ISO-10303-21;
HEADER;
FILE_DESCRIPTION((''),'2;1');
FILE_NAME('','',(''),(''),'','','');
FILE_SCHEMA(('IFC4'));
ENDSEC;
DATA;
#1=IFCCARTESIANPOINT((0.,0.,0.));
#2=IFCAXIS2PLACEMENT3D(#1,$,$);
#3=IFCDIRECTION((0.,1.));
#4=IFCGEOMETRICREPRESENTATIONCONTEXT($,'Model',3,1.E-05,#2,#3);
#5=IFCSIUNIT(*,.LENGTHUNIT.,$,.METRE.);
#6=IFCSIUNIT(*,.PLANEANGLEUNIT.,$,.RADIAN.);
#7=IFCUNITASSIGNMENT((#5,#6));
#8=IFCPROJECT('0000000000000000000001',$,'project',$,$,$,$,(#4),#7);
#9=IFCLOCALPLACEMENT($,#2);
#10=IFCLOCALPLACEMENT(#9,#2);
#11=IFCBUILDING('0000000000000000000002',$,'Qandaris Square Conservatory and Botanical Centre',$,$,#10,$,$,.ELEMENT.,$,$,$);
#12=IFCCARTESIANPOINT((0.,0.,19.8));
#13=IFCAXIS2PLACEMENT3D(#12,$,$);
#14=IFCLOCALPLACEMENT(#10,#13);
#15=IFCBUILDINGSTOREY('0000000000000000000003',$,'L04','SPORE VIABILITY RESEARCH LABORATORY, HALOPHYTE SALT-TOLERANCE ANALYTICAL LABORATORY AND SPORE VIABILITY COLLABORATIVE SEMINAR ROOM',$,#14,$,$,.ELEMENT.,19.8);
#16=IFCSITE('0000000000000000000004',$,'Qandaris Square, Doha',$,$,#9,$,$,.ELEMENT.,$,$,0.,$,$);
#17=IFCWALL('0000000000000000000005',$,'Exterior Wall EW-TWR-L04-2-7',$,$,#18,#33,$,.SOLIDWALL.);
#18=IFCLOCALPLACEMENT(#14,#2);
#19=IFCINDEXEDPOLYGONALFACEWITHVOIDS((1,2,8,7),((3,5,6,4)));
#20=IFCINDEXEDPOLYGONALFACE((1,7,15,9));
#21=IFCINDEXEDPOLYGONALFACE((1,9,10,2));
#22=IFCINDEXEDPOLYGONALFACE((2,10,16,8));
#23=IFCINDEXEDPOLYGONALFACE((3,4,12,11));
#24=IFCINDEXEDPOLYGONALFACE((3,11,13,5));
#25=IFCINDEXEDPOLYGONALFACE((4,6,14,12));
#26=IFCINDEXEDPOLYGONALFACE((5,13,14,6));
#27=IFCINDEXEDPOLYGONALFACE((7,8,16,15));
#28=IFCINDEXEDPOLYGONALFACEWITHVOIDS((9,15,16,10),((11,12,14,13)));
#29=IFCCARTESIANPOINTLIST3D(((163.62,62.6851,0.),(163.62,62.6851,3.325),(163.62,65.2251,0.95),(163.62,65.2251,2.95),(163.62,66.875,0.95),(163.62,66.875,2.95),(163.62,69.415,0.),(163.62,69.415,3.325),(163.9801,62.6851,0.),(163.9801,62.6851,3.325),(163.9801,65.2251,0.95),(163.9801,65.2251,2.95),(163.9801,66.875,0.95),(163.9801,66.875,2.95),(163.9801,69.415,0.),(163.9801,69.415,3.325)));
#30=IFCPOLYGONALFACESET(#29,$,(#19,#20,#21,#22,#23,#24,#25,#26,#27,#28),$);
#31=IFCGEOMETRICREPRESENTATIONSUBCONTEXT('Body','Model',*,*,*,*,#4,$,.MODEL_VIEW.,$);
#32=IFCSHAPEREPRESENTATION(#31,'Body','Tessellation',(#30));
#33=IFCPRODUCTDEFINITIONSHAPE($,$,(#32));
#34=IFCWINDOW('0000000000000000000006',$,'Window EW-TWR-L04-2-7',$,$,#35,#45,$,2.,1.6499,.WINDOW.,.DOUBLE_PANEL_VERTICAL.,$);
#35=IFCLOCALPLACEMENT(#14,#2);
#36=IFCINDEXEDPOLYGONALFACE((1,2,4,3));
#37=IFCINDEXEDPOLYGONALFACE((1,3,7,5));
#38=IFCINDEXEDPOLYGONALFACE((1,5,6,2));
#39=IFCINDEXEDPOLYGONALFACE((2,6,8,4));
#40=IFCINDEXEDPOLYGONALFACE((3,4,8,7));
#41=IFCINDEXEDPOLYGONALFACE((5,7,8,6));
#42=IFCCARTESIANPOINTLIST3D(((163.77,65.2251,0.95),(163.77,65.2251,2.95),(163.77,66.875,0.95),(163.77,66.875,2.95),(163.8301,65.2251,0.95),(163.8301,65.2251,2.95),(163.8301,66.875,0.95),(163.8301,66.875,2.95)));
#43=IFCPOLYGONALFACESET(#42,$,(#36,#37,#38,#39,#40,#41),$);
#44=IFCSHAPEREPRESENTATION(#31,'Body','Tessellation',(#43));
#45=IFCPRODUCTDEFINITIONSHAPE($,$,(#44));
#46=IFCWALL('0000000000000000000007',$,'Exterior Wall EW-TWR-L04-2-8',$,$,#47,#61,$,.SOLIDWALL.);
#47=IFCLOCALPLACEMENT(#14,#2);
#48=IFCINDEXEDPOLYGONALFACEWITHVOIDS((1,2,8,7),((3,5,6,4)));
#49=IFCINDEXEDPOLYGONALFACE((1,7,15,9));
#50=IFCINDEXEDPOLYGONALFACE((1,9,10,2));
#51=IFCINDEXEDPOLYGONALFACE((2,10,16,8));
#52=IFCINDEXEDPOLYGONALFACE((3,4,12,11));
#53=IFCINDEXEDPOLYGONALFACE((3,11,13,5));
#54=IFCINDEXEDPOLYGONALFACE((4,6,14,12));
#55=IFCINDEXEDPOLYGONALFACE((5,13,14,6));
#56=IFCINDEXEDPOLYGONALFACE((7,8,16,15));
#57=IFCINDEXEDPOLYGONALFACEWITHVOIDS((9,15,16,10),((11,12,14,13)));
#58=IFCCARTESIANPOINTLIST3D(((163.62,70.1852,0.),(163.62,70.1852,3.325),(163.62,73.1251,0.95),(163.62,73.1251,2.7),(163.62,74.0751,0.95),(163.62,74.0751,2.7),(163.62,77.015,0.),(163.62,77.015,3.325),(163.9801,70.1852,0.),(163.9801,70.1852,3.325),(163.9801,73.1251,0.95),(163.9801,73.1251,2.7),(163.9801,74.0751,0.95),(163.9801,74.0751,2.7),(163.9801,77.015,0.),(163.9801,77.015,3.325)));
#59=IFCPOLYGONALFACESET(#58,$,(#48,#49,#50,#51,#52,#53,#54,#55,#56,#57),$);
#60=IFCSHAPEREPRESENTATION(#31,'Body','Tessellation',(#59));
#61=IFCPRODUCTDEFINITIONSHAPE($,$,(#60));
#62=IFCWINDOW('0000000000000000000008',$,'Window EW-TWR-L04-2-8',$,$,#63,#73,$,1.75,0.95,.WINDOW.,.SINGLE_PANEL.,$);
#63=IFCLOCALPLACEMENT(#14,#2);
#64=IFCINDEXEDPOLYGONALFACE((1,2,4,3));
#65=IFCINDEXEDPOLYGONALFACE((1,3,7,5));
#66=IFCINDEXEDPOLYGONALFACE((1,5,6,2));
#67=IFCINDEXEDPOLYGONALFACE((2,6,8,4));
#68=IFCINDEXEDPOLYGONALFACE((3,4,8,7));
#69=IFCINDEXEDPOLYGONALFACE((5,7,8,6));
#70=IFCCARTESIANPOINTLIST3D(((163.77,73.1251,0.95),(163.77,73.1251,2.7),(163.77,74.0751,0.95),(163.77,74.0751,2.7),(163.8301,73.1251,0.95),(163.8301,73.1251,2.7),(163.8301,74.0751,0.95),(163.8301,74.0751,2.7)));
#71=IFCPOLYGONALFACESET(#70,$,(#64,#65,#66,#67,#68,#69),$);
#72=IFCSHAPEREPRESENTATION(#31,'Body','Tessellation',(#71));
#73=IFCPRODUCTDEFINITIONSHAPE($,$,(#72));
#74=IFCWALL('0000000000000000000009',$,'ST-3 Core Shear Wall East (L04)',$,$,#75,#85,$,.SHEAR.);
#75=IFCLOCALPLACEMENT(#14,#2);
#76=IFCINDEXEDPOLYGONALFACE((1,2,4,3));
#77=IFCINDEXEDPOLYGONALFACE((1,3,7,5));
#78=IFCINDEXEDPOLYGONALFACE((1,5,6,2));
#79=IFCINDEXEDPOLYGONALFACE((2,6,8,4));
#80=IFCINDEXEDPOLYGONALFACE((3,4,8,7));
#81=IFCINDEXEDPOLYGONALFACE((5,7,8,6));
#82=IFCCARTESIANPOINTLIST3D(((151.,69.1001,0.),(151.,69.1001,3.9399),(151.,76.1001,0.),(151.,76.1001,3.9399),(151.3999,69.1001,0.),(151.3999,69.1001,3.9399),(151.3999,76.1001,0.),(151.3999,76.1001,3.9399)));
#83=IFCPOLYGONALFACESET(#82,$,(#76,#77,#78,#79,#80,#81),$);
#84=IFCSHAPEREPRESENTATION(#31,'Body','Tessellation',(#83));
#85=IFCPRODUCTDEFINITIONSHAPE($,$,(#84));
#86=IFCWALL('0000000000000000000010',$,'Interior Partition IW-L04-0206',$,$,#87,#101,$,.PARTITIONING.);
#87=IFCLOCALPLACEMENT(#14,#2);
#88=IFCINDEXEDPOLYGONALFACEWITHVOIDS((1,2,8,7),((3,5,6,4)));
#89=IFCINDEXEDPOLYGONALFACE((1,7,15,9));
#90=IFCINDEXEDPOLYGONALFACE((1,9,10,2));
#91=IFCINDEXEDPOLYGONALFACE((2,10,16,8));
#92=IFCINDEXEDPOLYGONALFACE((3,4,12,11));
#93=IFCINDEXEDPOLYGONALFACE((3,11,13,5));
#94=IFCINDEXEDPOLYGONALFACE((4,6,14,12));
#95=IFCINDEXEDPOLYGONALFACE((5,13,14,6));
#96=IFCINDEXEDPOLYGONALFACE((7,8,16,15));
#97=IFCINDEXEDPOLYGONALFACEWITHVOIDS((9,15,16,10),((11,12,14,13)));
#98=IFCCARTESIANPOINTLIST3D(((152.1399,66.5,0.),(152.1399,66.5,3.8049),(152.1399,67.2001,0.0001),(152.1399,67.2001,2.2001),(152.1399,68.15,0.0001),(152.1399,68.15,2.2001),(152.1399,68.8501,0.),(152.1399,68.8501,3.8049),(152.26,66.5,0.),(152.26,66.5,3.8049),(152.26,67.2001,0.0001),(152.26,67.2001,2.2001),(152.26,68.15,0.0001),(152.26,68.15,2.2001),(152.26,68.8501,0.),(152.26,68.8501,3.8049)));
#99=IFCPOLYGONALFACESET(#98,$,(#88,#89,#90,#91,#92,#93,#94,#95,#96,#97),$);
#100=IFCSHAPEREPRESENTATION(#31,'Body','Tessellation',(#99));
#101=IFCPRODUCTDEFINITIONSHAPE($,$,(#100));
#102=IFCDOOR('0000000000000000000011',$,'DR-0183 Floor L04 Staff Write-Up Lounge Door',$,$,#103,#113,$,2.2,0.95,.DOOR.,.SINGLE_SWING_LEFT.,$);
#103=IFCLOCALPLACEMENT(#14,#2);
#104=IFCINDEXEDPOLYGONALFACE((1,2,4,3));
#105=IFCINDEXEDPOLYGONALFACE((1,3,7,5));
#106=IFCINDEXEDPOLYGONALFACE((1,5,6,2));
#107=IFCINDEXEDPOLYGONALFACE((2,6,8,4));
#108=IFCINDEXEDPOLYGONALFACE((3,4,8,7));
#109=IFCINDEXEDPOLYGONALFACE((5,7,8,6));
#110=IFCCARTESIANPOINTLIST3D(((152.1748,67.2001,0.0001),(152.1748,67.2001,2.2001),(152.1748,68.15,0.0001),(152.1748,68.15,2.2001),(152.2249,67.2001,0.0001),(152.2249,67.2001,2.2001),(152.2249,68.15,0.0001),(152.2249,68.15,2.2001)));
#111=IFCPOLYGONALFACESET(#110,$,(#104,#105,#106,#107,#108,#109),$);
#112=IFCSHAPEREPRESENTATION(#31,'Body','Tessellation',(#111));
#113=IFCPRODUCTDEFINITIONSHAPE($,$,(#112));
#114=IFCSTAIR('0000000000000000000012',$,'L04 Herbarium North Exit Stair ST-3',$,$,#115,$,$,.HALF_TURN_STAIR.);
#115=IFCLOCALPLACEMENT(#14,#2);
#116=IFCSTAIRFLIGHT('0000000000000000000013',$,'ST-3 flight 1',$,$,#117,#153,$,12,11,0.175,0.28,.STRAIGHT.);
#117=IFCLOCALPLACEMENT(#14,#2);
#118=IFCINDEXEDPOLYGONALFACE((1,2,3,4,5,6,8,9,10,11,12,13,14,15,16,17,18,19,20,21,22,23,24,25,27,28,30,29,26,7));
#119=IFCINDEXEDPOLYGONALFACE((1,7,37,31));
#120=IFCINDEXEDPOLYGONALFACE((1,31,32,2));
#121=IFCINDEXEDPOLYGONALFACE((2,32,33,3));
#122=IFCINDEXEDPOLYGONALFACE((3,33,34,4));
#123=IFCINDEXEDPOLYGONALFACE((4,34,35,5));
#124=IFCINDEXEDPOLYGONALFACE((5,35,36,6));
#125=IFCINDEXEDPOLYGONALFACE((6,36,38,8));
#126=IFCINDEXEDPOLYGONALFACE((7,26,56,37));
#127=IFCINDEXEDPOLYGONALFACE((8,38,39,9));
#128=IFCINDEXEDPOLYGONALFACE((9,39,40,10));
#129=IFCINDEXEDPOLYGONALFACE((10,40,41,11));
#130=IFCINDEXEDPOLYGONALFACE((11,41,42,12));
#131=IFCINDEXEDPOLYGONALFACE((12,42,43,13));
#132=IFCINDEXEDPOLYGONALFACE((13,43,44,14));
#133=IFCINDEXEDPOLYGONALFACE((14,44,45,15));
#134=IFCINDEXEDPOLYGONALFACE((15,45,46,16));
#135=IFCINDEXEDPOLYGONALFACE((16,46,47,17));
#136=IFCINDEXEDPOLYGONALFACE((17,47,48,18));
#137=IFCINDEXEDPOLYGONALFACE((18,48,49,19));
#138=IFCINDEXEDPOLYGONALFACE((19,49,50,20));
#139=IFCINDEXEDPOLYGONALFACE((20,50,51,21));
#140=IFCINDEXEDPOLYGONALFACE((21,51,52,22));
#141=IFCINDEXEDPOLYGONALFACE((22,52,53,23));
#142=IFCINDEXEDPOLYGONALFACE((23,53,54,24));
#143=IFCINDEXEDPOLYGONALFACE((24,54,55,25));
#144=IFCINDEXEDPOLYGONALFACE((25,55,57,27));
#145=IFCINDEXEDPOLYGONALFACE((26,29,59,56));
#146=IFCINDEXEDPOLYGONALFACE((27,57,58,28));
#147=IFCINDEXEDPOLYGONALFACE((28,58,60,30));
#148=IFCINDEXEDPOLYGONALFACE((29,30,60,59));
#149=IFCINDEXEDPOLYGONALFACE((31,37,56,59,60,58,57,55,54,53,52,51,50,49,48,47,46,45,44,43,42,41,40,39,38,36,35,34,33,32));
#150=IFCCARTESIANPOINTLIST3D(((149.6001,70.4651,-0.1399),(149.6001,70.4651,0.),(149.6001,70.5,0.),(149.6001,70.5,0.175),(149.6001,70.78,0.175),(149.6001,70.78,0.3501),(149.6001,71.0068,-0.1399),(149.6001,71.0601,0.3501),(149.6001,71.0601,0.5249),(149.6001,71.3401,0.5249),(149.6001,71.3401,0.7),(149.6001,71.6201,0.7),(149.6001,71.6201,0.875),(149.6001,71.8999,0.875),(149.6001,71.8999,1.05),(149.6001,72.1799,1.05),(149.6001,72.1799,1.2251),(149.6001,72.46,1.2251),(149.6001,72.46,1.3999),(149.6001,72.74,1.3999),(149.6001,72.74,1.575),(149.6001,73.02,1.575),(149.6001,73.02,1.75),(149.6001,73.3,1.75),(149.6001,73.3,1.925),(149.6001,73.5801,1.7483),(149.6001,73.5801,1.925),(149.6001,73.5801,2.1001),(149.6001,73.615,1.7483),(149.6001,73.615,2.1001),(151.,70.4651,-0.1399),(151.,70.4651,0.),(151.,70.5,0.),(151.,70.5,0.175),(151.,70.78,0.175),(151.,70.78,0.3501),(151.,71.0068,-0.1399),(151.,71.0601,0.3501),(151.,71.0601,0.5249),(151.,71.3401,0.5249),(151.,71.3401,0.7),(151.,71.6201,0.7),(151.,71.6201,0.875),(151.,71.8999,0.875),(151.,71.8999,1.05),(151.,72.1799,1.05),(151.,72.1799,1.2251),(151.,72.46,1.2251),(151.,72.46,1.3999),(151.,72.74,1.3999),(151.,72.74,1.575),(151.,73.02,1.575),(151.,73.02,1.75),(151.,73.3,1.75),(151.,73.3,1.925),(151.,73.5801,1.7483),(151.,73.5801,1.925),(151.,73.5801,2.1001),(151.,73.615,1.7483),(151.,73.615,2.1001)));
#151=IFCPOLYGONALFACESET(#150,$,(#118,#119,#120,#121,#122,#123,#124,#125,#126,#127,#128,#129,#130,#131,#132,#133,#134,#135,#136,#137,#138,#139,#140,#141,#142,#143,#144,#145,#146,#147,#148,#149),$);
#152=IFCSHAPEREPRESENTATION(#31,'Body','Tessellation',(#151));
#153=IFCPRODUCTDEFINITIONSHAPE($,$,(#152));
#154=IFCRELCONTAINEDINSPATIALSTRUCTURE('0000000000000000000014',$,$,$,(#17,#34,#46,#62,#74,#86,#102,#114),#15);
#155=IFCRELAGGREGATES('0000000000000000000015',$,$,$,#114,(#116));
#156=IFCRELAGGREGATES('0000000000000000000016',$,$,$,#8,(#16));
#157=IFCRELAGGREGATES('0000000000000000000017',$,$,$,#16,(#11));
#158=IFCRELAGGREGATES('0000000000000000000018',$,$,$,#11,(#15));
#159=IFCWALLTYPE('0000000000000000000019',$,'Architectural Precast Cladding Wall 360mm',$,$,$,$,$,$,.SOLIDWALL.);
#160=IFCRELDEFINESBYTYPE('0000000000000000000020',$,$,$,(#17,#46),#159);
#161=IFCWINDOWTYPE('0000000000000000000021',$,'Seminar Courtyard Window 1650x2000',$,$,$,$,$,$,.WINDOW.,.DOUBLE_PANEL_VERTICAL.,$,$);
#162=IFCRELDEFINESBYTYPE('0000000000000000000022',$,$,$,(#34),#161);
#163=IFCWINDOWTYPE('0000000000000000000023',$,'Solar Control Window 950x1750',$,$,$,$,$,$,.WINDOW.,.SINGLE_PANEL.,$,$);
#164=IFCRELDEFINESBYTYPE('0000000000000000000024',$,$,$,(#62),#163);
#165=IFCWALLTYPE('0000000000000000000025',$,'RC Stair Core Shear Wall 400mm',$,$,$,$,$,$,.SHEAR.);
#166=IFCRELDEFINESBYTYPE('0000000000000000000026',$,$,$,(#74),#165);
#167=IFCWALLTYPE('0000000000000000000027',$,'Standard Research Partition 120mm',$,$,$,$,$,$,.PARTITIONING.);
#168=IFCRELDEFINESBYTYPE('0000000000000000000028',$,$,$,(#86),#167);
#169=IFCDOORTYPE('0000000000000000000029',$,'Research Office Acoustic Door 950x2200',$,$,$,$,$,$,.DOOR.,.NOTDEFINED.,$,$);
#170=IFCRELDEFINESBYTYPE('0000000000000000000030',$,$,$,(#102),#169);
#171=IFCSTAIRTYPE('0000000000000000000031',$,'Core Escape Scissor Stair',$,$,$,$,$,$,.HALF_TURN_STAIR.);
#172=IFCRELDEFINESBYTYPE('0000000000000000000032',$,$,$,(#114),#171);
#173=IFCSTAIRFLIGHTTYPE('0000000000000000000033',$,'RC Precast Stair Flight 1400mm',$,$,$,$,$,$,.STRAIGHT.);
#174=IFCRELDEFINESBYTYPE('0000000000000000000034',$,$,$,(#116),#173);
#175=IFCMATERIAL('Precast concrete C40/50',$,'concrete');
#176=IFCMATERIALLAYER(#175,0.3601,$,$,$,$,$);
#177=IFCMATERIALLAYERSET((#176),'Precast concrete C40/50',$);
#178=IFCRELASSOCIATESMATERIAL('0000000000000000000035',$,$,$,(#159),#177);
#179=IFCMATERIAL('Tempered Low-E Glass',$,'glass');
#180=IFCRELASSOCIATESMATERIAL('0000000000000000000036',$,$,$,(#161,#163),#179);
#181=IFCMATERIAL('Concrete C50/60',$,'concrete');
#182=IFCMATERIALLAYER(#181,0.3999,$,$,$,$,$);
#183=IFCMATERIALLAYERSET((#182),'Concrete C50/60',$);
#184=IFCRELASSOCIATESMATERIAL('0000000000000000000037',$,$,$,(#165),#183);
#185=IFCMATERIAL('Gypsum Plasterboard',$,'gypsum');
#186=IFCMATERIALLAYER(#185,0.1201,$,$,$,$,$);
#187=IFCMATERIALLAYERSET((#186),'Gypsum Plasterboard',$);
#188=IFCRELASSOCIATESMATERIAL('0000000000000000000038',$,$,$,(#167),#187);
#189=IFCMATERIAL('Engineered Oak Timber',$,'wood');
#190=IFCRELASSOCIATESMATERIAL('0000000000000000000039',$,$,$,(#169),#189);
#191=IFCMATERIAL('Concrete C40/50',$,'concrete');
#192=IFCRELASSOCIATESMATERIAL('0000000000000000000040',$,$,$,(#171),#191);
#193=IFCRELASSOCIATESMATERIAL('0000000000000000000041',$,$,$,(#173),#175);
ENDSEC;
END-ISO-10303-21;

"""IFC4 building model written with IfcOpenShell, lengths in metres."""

from ifc_helpers import new_model, si_unit, direction, frame, frame_2d, origin, place, context, subcontext, project, spatial, polyline, rectangle, outline, extrude, material, layer, layer_set, type_object, element, fill, aggregate, save


model = new_model("IFC4")

# Units and contexts
model_context = context("Model", 3, precision=1e-05, world=origin(), true_north=direction((0.0, 1.0)))
body_context = subcontext(model_context, "Body", "Model", "MODEL_VIEW")
ifc_project = project(units=[si_unit("LENGTHUNIT", "METRE"), si_unit("PLANEANGLEUNIT", "RADIAN")], contexts=[model_context])

# Site, building, storey
site_placement = place(None, origin())
site = spatial("IfcSite", under=ifc_project, at=site_placement, Name="Qandaris Square, Doha", CompositionType="ELEMENT", RefElevation=0.0)
building_placement = place(site_placement, origin())
building = spatial("IfcBuilding", under=site, at=building_placement, Name="Qandaris Square Conservatory and Botanical Centre", CompositionType="ELEMENT")
storey_placement = place(building_placement, frame((0.0, 0.0, 19.8)))
storey = spatial("IfcBuildingStorey", under=building, at=storey_placement, Name="L04", Description="SPORE VIABILITY RESEARCH LABORATORY, HALOPHYTE SALT-TOLERANCE ANALYTICAL LABORATORY AND SPORE VIABILITY COLLABORATIVE SEMINAR ROOM", CompositionType="ELEMENT", Elevation=19.8)

# Shared definitions
ifc_material_1 = material(Name="Concrete C50/60", Category="concrete")

# Shared definitions
ifc_material_2 = material(Name="Gypsum Plasterboard", Category="gypsum")
ifc_material_3 = material(Name="Engineered Oak Timber", Category="wood")

# Walls, openings, windows
ifc_material_4 = material(Name="Precast concrete C40/50", Category="concrete")
ifc_layer_1 = layer(ifc_material_4, 0.3601)
ifc_layer_set_1 = layer_set([ifc_layer_1], Name="Precast concrete C40/50")
wall_type_1 = type_object("IfcWallType", Name="Architectural Precast Cladding Wall 360mm", PredefinedType="SOLIDWALL", material=ifc_layer_set_1)
wall_1_placement = place(storey_placement, frame((163.8, 62.6851, 0.0), z_axis=(0.0, 0.0, 1.0), x_axis=(0.0, 1.0, 0.0)))
wall_1 = element("IfcWall", 1, at=wall_1_placement, inside=storey, type_object=wall_type_1, Name="Exterior Wall EW-TWR-L04-2-7", PredefinedType="SOLIDWALL", context=body_context, shape_type="SweptSolid", body=[
    extrude(rectangle(XDim=6.73, YDim=0.3601, at=frame_2d((3.365, 0.0))), origin(), (0.0, 0.0, 1.0), 3.325),
])
opening_1_placement = place(wall_1_placement, frame((2.54, 0.0, 0.95)))
opening_1 = element("IfcOpeningElement", 2, at=opening_1_placement, cuts=wall_1, PredefinedType="OPENING", context=body_context, shape_type="SweptSolid", body=[
    extrude(rectangle(XDim=1.6499, YDim=2.0, at=frame_2d((0.825, 1.0))), frame((0.0, 0.1919, 0.0), z_axis=(0.0, -1.0, 0.0), x_axis=(1.0, 0.0, 0.0)), (0.0, 0.0, 1.0), 0.384),
])
ifc_material_5 = material(Name="Tempered Low-E Glass", Category="glass")
window_type_1 = type_object("IfcWindowType", Name="Seminar Courtyard Window 1650x2000", PartitioningType="DOUBLE_PANEL_VERTICAL", PredefinedType="WINDOW", material=ifc_material_5)
window_1_placement = place(opening_1_placement, origin())
window_1 = element("IfcWindow", 3, at=window_1_placement, inside=storey, type_object=window_type_1, Name="Window EW-TWR-L04-2-7", OverallHeight=2.0, OverallWidth=1.6499, PartitioningType="DOUBLE_PANEL_VERTICAL", PredefinedType="WINDOW", context=body_context, shape_type="SweptSolid", body=[
    extrude(rectangle(XDim=1.6499, YDim=2.0, at=frame_2d((0.825, 1.0))), frame((0.0, 0.03, 0.0), z_axis=(0.0, -1.0, 0.0), x_axis=(1.0, 0.0, 0.0)), (0.0, 0.0, 1.0), 0.0601),
])
fill(opening_1, window_1)
wall_2_placement = place(storey_placement, frame((163.8, 70.1851, 0.0), z_axis=(0.0, 0.0, 1.0), x_axis=(0.0, 1.0, 0.0)))
wall_2 = element("IfcWall", 4, at=wall_2_placement, inside=storey, type_object=wall_type_1, Name="Exterior Wall EW-TWR-L04-2-8", PredefinedType="SOLIDWALL", context=body_context, shape_type="SweptSolid", body=[
    extrude(rectangle(XDim=6.8298, YDim=0.3601, at=frame_2d((3.415, 0.0))), origin(), (0.0, 0.0, 1.0), 3.325),
])
opening_2_placement = place(wall_2_placement, frame((2.9399, 0.0, 0.95)))
opening_2 = element("IfcOpeningElement", 5, at=opening_2_placement, cuts=wall_2, PredefinedType="OPENING", context=body_context, shape_type="SweptSolid", body=[
    extrude(rectangle(XDim=0.95, YDim=1.75, at=frame_2d((0.4751, 0.875))), frame((0.0, 0.1919, 0.0), z_axis=(0.0, -1.0, 0.0), x_axis=(1.0, 0.0, 0.0)), (0.0, 0.0, 1.0), 0.384),
])
window_type_2 = type_object("IfcWindowType", Name="Solar Control Window 950x1750", PartitioningType="SINGLE_PANEL", PredefinedType="WINDOW", material=ifc_material_5)
window_2_placement = place(opening_2_placement, origin())
window_2 = element("IfcWindow", 6, at=window_2_placement, inside=storey, type_object=window_type_2, Name="Window EW-TWR-L04-2-8", OverallHeight=1.75, OverallWidth=0.95, PartitioningType="SINGLE_PANEL", PredefinedType="WINDOW", context=body_context, shape_type="SweptSolid", body=[
    extrude(rectangle(XDim=0.95, YDim=1.75, at=frame_2d((0.4751, 0.875))), frame((0.0, 0.03, 0.0), z_axis=(0.0, -1.0, 0.0), x_axis=(1.0, 0.0, 0.0)), (0.0, 0.0, 1.0), 0.0601),
])
fill(opening_2, window_2)

# Wall
ifc_layer_2 = layer(ifc_material_1, 0.3999)
ifc_layer_set_2 = layer_set([ifc_layer_2], Name="Concrete C50/60")
wall_type_2 = type_object("IfcWallType", Name="RC Stair Core Shear Wall 400mm", PredefinedType="SHEAR", material=ifc_layer_set_2)
wall_3_placement = place(storey_placement, frame((151.2, 69.1001, 0.0), z_axis=(0.0, 0.0, 1.0), x_axis=(0.0, 1.0, 0.0)))
element("IfcWall", 7, at=wall_3_placement, inside=storey, type_object=wall_type_2, Name="ST-3 Core Shear Wall East (L04)", PredefinedType="SHEAR", context=body_context, shape_type="SweptSolid", body=[
    extrude(rectangle(XDim=7.0, YDim=0.3999, at=frame_2d((3.5, 0.0))), origin(), (0.0, 0.0, 1.0), 3.9399),
])

# Wall, opening, door
ifc_layer_3 = layer(ifc_material_2, 0.1201)
ifc_layer_set_3 = layer_set([ifc_layer_3], Name="Gypsum Plasterboard")
wall_type_3 = type_object("IfcWallType", Name="Standard Research Partition 120mm", PredefinedType="PARTITIONING", material=ifc_layer_set_3)
wall_4_placement = place(storey_placement, frame((152.2, 68.8501, 0.0), z_axis=(0.0, 0.0, 1.0), x_axis=(0.0, -1.0, 0.0)))
wall_4 = element("IfcWall", 8, at=wall_4_placement, inside=storey, type_object=wall_type_3, Name="Interior Partition IW-L04-0206", PredefinedType="PARTITIONING", context=body_context, shape_type="SweptSolid", body=[
    extrude(rectangle(XDim=2.3501, YDim=0.1201, at=frame_2d((1.175, 0.0))), origin(), (0.0, 0.0, 1.0), 3.8049),
])
opening_3_placement = place(wall_4_placement, frame((0.7, 0.0, 0.0)))
opening_3 = element("IfcOpeningElement", 9, at=opening_3_placement, cuts=wall_4, PredefinedType="OPENING", context=body_context, shape_type="SweptSolid", body=[
    extrude(rectangle(XDim=0.95, YDim=2.2, at=frame_2d((0.4751, 1.1001))), frame((0.0, 0.072, 0.0), z_axis=(0.0, -1.0, 0.0), x_axis=(1.0, 0.0, 0.0)), (0.0, 0.0, 1.0), 0.144),
])
door_type_1 = type_object("IfcDoorType", Name="Research Office Acoustic Door 950x2200", OperationType="NOTDEFINED", PredefinedType="DOOR", material=ifc_material_3)
door_1_placement = place(opening_3_placement, origin())
door_1 = element("IfcDoor", 10, at=door_1_placement, inside=storey, type_object=door_type_1, Name="DR-0183 Floor L04 Staff Write-Up Lounge Door", OperationType="SINGLE_SWING_LEFT", OverallHeight=2.2, OverallWidth=0.95, PredefinedType="DOOR", context=body_context, shape_type="SweptSolid", body=[
    extrude(rectangle(XDim=0.95, YDim=2.2, at=frame_2d((0.4751, 1.1001))), frame((0.0, 0.0249, 0.0), z_axis=(0.0, -1.0, 0.0), x_axis=(1.0, 0.0, 0.0)), (0.0, 0.0, 1.0), 0.05),
])
fill(opening_3, door_1)

# Stair, stair flight
ifc_material_6 = material(Name="Concrete C40/50", Category="concrete")
stair_type = type_object("IfcStairType", Name="Core Escape Scissor Stair", PredefinedType="HALF_TURN_STAIR", material=ifc_material_6)
stair_placement = place(storey_placement, origin())
stair = element("IfcStair", 11, at=stair_placement, inside=storey, type_object=stair_type, Name="L04 Herbarium North Exit Stair ST-3", PredefinedType="HALF_TURN_STAIR")
stair_flight_type = type_object("IfcStairFlightType", Name="RC Precast Stair Flight 1400mm", PredefinedType="STRAIGHT", material=ifc_material_4)
stair_flight_placement = place(storey_placement, frame((150.3, 70.5, 0.0), z_axis=(0.0, 0.0, 1.0), x_axis=(0.0, 1.0, 0.0)))
stair_flight = element("IfcStairFlight", 12, at=stair_flight_placement, type_object=stair_flight_type, Name="ST-3 flight 1", NumberOfRisers=12, NumberOfTreads=11, PredefinedType="STRAIGHT", RiserHeight=0.175, TreadLength=0.28, context=body_context, shape_type="SweptSolid", body=[
    extrude(outline(polyline([(-0.0349, 0.0), (0.0, 0.0), (0.0, 0.175), (0.28, 0.175), (0.28, 0.3501), (0.5601, 0.3501), (0.5601, 0.5249), (0.8401, 0.5249), (0.8401, 0.7), (1.1201, 0.7), (1.1201, 0.875), (1.3999, 0.875), (1.3999, 1.05), (1.6799, 1.05), (1.6799, 1.2251), (1.96, 1.2251), (1.96, 1.3999), (2.24, 1.3999), (2.24, 1.575), (2.52, 1.575), (2.52, 1.75), (2.8, 1.75), (2.8, 1.925), (3.0801, 1.925), (3.0801, 2.1001), (3.115, 2.1001), (3.115, 1.7483), (3.0801, 1.7483), (0.5068, -0.1399), (-0.0349, -0.1399), (-0.0349, 0.0)])), frame((0.0, 0.7, 0.0), z_axis=(0.0, -1.0, 0.0), x_axis=(1.0, 0.0, 0.0)), (0.0, 0.0, 1.0), 1.3999),
])
aggregate(stair, [stair_flight])

save(model, "model.ifc")
